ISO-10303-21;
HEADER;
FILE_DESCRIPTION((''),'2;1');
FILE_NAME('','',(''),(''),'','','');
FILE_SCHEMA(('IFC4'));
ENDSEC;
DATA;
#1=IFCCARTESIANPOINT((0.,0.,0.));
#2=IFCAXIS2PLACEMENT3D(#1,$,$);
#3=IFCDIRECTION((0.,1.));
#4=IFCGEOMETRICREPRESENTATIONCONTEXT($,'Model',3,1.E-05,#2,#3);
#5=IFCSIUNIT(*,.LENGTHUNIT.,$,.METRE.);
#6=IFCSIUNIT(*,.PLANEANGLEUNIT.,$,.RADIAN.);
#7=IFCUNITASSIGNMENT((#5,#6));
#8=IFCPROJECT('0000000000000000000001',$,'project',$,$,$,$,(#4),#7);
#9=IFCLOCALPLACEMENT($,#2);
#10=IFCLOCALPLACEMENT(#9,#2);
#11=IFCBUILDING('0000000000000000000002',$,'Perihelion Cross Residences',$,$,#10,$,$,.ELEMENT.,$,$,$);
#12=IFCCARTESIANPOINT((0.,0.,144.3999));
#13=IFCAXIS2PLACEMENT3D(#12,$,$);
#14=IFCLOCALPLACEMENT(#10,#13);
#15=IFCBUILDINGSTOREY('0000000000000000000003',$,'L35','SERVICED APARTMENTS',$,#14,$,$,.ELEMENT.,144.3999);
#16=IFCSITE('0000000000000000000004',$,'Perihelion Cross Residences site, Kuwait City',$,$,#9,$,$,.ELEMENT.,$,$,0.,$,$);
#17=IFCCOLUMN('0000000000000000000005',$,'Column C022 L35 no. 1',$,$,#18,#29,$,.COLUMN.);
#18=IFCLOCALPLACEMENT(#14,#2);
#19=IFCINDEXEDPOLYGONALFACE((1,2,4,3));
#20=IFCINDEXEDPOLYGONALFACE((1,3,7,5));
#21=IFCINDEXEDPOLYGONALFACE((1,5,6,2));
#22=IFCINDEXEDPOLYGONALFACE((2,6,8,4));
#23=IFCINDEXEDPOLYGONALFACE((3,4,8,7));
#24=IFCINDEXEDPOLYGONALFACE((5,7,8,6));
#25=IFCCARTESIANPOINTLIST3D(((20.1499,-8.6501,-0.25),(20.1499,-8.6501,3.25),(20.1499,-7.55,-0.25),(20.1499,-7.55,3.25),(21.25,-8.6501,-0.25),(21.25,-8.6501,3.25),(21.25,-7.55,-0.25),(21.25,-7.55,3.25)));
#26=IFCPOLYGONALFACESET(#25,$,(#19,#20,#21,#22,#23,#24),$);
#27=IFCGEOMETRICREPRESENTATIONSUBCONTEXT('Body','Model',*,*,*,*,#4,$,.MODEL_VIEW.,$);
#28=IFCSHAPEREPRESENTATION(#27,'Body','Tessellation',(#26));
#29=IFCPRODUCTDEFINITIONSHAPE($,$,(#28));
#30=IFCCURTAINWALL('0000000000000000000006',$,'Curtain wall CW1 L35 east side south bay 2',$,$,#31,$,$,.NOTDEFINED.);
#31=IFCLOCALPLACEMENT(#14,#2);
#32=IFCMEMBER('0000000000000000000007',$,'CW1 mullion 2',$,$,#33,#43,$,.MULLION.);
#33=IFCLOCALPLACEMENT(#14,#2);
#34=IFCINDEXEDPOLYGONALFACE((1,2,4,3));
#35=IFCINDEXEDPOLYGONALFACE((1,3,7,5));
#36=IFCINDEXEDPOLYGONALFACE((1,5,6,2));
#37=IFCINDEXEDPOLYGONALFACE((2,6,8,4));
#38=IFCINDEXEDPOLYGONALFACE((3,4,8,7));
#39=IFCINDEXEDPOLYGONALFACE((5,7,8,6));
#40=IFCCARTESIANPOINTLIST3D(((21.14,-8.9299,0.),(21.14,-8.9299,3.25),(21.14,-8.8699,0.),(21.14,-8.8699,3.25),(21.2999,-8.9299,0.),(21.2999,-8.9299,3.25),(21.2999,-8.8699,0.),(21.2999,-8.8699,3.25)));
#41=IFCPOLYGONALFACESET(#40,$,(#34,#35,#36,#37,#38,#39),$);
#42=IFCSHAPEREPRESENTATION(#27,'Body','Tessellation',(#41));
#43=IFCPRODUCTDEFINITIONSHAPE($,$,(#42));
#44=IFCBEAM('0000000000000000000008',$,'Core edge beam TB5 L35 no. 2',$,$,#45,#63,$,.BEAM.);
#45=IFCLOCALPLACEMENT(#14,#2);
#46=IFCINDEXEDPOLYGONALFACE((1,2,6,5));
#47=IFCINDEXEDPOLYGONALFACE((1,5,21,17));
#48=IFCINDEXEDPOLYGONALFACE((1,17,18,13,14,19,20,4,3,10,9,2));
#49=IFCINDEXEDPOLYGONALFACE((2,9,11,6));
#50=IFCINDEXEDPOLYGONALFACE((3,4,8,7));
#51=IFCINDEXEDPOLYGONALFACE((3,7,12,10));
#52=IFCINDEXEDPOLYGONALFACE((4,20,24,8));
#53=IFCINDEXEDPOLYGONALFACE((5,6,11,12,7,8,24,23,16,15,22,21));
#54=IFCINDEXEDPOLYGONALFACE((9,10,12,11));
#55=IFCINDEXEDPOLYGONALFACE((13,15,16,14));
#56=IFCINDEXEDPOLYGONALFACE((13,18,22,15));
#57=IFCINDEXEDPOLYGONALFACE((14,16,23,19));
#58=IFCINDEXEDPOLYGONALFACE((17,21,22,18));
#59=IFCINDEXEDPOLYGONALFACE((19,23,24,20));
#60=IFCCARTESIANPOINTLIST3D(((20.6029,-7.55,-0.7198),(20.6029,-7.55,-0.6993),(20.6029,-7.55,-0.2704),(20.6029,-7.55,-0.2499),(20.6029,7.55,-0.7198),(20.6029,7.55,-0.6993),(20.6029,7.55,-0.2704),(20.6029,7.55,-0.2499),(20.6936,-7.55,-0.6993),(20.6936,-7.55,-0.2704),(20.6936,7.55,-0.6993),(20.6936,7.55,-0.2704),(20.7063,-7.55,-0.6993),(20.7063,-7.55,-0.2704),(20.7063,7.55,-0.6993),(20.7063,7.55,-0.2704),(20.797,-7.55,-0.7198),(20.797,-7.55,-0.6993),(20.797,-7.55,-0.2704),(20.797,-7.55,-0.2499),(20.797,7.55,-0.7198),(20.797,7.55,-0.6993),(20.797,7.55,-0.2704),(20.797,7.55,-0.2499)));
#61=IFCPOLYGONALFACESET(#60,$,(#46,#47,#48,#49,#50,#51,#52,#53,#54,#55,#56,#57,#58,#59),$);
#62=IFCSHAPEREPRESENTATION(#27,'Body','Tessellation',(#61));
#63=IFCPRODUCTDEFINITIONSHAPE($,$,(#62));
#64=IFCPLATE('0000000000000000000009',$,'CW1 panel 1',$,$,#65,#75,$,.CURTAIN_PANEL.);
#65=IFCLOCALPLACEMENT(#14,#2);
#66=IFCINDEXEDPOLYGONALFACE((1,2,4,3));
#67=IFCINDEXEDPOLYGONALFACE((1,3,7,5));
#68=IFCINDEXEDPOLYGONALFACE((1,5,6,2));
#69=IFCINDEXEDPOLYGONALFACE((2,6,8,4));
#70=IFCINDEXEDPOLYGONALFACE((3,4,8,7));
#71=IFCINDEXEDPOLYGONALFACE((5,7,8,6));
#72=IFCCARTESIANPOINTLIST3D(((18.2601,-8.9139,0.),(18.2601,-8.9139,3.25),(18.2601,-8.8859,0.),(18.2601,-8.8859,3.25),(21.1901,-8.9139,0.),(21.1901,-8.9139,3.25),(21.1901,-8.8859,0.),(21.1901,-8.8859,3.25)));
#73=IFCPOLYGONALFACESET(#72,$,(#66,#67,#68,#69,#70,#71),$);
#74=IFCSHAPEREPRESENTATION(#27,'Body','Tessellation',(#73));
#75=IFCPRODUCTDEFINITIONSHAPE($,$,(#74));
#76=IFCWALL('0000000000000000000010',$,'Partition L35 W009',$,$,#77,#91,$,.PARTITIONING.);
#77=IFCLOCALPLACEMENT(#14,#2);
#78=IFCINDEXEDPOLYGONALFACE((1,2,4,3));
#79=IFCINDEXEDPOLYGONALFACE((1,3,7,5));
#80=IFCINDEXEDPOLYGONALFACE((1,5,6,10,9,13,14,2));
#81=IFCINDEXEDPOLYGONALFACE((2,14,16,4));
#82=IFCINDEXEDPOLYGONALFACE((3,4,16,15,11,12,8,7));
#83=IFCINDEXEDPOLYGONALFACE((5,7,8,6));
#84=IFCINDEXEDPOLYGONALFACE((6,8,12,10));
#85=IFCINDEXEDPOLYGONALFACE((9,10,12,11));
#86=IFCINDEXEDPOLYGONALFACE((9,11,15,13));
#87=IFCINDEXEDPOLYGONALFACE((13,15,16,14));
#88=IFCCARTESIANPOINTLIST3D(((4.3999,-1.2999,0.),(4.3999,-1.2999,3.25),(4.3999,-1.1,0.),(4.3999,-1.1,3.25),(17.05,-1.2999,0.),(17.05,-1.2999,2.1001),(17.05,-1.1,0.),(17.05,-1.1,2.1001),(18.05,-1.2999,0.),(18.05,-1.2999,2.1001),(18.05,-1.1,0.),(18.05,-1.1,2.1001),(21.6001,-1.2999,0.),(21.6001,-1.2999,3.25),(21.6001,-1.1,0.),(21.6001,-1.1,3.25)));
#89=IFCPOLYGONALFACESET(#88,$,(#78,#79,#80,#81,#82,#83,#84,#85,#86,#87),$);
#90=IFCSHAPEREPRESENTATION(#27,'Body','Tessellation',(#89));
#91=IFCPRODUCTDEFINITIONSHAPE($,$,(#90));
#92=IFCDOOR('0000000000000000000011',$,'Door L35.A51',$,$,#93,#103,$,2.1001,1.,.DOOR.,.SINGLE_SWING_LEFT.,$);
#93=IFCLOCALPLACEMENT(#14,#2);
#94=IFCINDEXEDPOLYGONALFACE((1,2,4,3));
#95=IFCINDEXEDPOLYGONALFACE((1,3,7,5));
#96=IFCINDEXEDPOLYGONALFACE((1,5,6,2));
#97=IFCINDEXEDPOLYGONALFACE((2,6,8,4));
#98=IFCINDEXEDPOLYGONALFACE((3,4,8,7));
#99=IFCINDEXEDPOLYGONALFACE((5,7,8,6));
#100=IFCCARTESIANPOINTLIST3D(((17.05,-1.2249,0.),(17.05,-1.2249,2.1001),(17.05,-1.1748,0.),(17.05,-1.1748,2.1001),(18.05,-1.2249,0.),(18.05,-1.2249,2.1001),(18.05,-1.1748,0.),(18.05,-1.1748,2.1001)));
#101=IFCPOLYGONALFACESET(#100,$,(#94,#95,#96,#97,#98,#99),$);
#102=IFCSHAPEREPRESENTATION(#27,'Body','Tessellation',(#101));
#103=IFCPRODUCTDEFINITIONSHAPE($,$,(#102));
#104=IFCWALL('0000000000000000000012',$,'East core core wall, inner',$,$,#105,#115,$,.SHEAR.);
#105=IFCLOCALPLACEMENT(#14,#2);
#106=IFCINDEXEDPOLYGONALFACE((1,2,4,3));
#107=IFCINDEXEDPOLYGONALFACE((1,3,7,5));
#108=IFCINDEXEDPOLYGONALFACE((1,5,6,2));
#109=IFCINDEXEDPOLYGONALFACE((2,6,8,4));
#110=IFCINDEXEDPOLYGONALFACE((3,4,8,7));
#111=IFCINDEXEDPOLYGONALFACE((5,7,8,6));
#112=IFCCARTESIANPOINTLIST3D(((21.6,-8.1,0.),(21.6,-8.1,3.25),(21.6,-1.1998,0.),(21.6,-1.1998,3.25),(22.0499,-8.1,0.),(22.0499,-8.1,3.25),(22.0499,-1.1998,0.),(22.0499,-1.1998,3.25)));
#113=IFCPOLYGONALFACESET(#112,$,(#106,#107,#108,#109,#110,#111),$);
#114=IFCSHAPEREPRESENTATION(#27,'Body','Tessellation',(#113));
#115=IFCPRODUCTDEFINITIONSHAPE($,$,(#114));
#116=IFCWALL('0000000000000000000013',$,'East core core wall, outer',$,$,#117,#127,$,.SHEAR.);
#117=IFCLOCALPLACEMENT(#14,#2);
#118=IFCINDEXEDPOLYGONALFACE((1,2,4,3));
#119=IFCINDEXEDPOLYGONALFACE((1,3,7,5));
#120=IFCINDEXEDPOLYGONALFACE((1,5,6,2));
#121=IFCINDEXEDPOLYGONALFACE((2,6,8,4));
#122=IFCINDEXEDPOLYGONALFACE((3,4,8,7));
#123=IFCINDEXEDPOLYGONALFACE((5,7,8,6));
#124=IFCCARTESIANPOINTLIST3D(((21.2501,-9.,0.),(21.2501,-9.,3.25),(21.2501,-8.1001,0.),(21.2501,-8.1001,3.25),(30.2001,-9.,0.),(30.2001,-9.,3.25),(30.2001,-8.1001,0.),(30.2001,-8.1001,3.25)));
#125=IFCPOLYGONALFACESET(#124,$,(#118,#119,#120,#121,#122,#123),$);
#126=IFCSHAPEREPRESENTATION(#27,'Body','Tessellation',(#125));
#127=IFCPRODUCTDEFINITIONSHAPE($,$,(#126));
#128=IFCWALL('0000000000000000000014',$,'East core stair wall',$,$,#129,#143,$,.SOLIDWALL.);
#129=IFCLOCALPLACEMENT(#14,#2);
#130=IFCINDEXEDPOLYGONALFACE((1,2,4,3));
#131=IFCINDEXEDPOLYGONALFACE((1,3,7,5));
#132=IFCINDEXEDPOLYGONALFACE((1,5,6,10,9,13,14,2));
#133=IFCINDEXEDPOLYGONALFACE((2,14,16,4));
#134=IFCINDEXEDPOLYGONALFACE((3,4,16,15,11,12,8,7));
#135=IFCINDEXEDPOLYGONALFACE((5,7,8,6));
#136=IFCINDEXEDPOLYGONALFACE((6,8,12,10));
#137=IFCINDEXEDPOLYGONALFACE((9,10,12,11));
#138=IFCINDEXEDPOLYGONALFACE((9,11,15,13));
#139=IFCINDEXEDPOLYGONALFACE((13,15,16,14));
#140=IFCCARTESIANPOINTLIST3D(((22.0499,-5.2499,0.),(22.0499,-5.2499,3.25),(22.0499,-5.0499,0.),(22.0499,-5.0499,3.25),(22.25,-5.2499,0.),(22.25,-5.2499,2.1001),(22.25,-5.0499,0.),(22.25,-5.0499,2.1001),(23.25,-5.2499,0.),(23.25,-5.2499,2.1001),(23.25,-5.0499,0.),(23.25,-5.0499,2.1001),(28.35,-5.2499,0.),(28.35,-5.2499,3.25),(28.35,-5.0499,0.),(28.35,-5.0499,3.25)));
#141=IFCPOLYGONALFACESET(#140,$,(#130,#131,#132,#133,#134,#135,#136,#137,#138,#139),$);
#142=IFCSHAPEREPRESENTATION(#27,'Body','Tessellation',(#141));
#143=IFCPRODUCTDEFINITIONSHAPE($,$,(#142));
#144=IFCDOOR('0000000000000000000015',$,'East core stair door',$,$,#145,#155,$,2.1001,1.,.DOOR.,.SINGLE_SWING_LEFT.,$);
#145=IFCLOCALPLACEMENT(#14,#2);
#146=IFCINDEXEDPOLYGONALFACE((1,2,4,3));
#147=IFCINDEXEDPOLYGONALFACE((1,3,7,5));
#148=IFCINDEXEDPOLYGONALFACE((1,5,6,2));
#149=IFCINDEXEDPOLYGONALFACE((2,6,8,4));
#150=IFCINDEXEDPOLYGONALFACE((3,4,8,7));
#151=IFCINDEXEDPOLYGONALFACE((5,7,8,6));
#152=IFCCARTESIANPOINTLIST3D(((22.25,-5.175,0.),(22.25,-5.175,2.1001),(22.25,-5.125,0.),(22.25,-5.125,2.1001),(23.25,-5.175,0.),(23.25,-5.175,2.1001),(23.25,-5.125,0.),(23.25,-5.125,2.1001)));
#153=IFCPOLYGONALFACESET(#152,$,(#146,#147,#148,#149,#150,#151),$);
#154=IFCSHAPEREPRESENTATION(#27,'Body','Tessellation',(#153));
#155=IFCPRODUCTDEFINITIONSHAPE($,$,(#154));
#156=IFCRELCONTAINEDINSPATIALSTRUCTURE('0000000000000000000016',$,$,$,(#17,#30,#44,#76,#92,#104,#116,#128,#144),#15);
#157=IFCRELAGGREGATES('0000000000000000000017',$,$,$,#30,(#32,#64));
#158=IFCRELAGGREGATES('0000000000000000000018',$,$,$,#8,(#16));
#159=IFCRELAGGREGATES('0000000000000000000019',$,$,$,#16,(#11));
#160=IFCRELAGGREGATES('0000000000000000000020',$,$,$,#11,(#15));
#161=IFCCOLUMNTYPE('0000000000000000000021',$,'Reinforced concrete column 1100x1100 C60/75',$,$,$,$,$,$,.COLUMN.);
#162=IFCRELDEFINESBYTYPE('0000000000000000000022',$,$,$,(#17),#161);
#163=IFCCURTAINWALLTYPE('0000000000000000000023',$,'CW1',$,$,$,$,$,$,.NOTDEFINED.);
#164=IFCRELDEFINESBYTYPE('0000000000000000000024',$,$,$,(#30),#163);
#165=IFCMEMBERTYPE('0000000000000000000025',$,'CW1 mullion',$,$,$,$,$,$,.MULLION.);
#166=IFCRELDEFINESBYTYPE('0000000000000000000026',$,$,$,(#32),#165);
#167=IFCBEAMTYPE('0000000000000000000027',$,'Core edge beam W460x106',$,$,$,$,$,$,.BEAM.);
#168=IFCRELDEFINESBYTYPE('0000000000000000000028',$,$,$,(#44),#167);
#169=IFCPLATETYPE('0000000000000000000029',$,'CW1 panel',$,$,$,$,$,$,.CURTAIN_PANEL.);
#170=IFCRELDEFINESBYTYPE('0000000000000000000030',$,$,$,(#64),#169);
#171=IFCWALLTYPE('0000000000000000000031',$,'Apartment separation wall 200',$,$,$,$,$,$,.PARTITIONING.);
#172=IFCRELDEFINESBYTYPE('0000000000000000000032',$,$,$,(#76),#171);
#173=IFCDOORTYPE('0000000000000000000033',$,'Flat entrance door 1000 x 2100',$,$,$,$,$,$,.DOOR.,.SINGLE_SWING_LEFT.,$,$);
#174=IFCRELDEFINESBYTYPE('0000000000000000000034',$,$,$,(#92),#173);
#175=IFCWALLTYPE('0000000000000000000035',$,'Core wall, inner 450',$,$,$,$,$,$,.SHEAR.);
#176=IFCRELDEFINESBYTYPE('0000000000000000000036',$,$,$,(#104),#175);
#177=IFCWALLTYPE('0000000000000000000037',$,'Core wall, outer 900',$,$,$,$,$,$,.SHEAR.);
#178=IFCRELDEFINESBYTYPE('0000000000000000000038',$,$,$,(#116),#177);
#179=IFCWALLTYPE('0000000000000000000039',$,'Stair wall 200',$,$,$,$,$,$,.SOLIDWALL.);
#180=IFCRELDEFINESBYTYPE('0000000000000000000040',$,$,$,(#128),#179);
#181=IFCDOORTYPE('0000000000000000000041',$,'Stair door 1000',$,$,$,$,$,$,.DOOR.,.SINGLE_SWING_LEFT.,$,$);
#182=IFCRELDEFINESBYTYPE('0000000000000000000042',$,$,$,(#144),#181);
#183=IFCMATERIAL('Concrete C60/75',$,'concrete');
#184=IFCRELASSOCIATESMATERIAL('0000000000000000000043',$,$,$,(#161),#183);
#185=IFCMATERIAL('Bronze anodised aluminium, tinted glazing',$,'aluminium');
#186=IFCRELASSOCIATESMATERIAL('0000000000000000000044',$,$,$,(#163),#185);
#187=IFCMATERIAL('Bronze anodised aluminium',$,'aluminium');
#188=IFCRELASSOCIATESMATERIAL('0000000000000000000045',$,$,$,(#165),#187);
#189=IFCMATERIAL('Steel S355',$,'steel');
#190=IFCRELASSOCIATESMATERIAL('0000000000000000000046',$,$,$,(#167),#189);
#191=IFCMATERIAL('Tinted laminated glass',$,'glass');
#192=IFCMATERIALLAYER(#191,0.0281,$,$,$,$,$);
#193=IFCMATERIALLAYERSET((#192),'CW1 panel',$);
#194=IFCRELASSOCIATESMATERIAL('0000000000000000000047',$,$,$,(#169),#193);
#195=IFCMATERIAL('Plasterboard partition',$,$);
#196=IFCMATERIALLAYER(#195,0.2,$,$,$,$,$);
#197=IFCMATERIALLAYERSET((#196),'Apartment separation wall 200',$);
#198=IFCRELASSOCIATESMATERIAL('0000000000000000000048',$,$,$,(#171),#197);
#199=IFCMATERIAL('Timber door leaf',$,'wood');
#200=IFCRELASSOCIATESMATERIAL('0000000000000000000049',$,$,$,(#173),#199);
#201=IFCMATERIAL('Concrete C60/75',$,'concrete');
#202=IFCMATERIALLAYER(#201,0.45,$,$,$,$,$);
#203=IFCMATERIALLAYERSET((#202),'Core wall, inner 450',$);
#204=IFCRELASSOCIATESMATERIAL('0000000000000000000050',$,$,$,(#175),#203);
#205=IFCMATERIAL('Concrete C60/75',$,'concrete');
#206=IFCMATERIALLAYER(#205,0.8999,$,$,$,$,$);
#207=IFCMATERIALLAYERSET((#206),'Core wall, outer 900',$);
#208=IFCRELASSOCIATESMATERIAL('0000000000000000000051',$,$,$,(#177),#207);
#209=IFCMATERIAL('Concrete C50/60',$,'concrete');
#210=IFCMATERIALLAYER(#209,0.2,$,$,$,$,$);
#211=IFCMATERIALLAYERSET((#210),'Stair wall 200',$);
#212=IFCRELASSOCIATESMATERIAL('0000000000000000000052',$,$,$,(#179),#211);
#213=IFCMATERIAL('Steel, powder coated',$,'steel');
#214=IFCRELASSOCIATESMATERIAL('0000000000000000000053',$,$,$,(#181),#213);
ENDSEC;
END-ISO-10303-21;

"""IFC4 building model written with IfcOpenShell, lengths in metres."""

from ifc_helpers import new_model, si_unit, direction, frame, frame_2d, origin, origin_2d, place, context, subcontext, project, spatial, rectangle, i_section, extrude, material, layer, layer_set, material_profile, profile_set, type_object, element, fill, aggregate, save


model = new_model("IFC4")

# Units and contexts
model_context = context("Model", 3, precision=1e-05, world=origin(), true_north=direction((0.0, 1.0)))
body_context = subcontext(model_context, "Body", "Model", "MODEL_VIEW")
ifc_project = project(units=[si_unit("LENGTHUNIT", "METRE"), si_unit("PLANEANGLEUNIT", "RADIAN")], contexts=[model_context])

# Site, building, storey
site_placement = place(None, origin())
site = spatial("IfcSite", under=ifc_project, at=site_placement, Name="Perihelion Cross Residences site, Kuwait City", CompositionType="ELEMENT", RefElevation=0.0)
building_placement = place(site_placement, origin())
building = spatial("IfcBuilding", under=site, at=building_placement, Name="Perihelion Cross Residences", CompositionType="ELEMENT")
storey_placement = place(building_placement, frame((0.0, 0.0, 144.3999)))
storey = spatial("IfcBuildingStorey", under=building, at=storey_placement, Name="L35", Description="SERVICED APARTMENTS", CompositionType="ELEMENT", Elevation=144.3999)

# Column
ifc_material_1 = material(Name="Concrete C60/75", Category="concrete")
ifc_material_profile_1 = material_profile(ifc_material_1, rectangle(XDim=1.1001, YDim=1.1001, at=origin_2d()), Name="RC 1100x1100")
ifc_profile_set_1 = profile_set([ifc_material_profile_1], Name="Concrete C60/75")
column_type = type_object("IfcColumnType", Name="Reinforced concrete column 1100x1100 C60/75", PredefinedType="COLUMN", material=ifc_profile_set_1)
column_placement = place(storey_placement, frame((20.7, -8.1001, -0.25), z_axis=(0.0, 0.0, 1.0), x_axis=(1.0, 0.0, 0.0)))
element("IfcColumn", 1, at=column_placement, inside=storey, type_object=column_type, Name="Column C022 L35 no. 1", PredefinedType="COLUMN", context=body_context, shape_type="SweptSolid", body=[
    extrude(rectangle(XDim=1.1001, YDim=1.1001, at=origin_2d()), origin(), (0.0, 0.0, 1.0), 3.5),
])

# Curtain wall, member
ifc_material_2 = material(Name="Bronze anodised aluminium, tinted glazing", Category="aluminium")
curtain_wall_type = type_object("IfcCurtainWallType", Name="CW1", PredefinedType="NOTDEFINED", material=ifc_material_2)
curtain_wall_placement = place(storey_placement, origin())
curtain_wall = element("IfcCurtainWall", 2, at=curtain_wall_placement, inside=storey, type_object=curtain_wall_type, Name="Curtain wall CW1 L35 east side south bay 2", PredefinedType="NOTDEFINED")
ifc_material_3 = material(Name="Bronze anodised aluminium", Category="aluminium")
ifc_material_profile_2 = material_profile(ifc_material_3, rectangle(XDim=0.0601, YDim=0.1599, at=origin_2d()), Name="CW1 mullion")
ifc_profile_set_2 = profile_set([ifc_material_profile_2], Name="Bronze anodised aluminium")
member_type = type_object("IfcMemberType", Name="CW1 mullion", PredefinedType="MULLION", material=ifc_profile_set_2)
member_placement = place(storey_placement, frame((21.22, -8.8999, 0.0), z_axis=(0.0, 0.0, 1.0), x_axis=(0.0, 1.0, 0.0)))
member = element("IfcMember", 3, at=member_placement, type_object=member_type, Name="CW1 mullion 2", PredefinedType="MULLION", context=body_context, shape_type="SweptSolid", body=[
    extrude(rectangle(XDim=0.0601, YDim=0.1599, at=origin_2d()), origin(), (0.0, 0.0, 1.0), 3.25),
])

# Beam
ifc_material_4 = material(Name="Steel S355", Category="steel")
ifc_material_profile_3 = material_profile(ifc_material_4, i_section(OverallWidth=0.1941, OverallDepth=0.47, WebThickness=0.0127, FlangeThickness=0.0205, at=origin_2d()), Name="W460x106")
ifc_profile_set_3 = profile_set([ifc_material_profile_3], Name="Steel S355")
beam_type = type_object("IfcBeamType", Name="Core edge beam W460x106", PredefinedType="BEAM", material=ifc_profile_set_3)
beam_placement = place(storey_placement, frame((20.7, -7.55, -0.4849), z_axis=(0.0, 1.0, 0.0), x_axis=(-1.0, 0.0, 0.0)))
element("IfcBeam", 4, at=beam_placement, inside=storey, type_object=beam_type, Name="Core edge beam TB5 L35 no. 2", PredefinedType="BEAM", context=body_context, shape_type="SweptSolid", body=[
    extrude(i_section(OverallWidth=0.1941, OverallDepth=0.47, WebThickness=0.0127, FlangeThickness=0.0205, at=origin_2d()), origin(), (0.0, 0.0, 1.0), 15.1001),
])

# Plate
ifc_material_5 = material(Name="Tinted laminated glass", Category="glass")
ifc_layer_1 = layer(ifc_material_5, 0.0281)
ifc_layer_set_1 = layer_set([ifc_layer_1], Name="CW1 panel")
plate_type = type_object("IfcPlateType", Name="CW1 panel", PredefinedType="CURTAIN_PANEL", material=ifc_layer_set_1)
plate_placement = place(storey_placement, frame((19.7251, -8.8999, 0.0), z_axis=(0.0, 0.0, 1.0), x_axis=(1.0, 0.0, 0.0)))
plate = element("IfcPlate", 5, at=plate_placement, type_object=plate_type, Name="CW1 panel 1", PredefinedType="CURTAIN_PANEL", context=body_context, shape_type="SweptSolid", body=[
    extrude(rectangle(XDim=2.9299, YDim=0.0281, at=origin_2d()), origin(), (0.0, 0.0, 1.0), 3.25),
])
aggregate(curtain_wall, [member, plate])

# Wall, opening, door
ifc_material_6 = material(Name="Plasterboard partition")
ifc_layer_2 = layer(ifc_material_6, 0.2)
ifc_layer_set_2 = layer_set([ifc_layer_2], Name="Apartment separation wall 200")
wall_type_1 = type_object("IfcWallType", Name="Apartment separation wall 200", PredefinedType="PARTITIONING", material=ifc_layer_set_2)
wall_1_placement = place(storey_placement, frame((21.6001, -1.2, 0.0), z_axis=(0.0, 0.0, 1.0), x_axis=(-1.0, 0.0, 0.0)))
wall_1 = element("IfcWall", 6, at=wall_1_placement, inside=storey, type_object=wall_type_1, Name="Partition L35 W009", PredefinedType="PARTITIONING", context=body_context, shape_type="SweptSolid", body=[
    extrude(rectangle(XDim=17.2002, YDim=0.2, at=frame_2d((8.6001, 0.0))), origin(), (0.0, 0.0, 1.0), 3.25),
])
opening_1_placement = place(wall_1_placement, frame((3.55, 0.0, 0.0)))
opening_1 = element("IfcOpeningElement", 7, at=opening_1_placement, cuts=wall_1, PredefinedType="OPENING", context=body_context, shape_type="SweptSolid", body=[
    extrude(rectangle(XDim=1.0, YDim=2.1001, at=frame_2d((0.5, 1.05))), frame((0.0, 0.1099, 0.0), z_axis=(0.0, -1.0, 0.0), x_axis=(1.0, 0.0, 0.0)), (0.0, 0.0, 1.0), 0.22),
])
ifc_material_7 = material(Name="Timber door leaf", Category="wood")
door_type_1 = type_object("IfcDoorType", Name="Flat entrance door 1000 x 2100", OperationType="SINGLE_SWING_LEFT", PredefinedType="DOOR", material=ifc_material_7)
door_1_placement = place(opening_1_placement, origin())
door_1 = element("IfcDoor", 8, at=door_1_placement, inside=storey, type_object=door_type_1, Name="Door L35.A51", OperationType="SINGLE_SWING_LEFT", OverallHeight=2.1001, OverallWidth=1.0, PredefinedType="DOOR", context=body_context, shape_type="SweptSolid", body=[
    extrude(rectangle(XDim=1.0, YDim=2.1001, at=frame_2d((0.5, 1.05))), frame((0.0, 0.0249, 0.0), z_axis=(0.0, -1.0, 0.0), x_axis=(1.0, 0.0, 0.0)), (0.0, 0.0, 1.0), 0.05),
])
fill(opening_1, door_1)

# Walls
ifc_material_8 = material(Name="Concrete C60/75", Category="concrete")
ifc_layer_3 = layer(ifc_material_8, 0.45)
ifc_layer_set_3 = layer_set([ifc_layer_3], Name="Core wall, inner 450")
wall_type_2 = type_object("IfcWallType", Name="Core wall, inner 450", PredefinedType="SHEAR", material=ifc_layer_set_3)
wall_2_placement = place(storey_placement, frame((21.825, -8.1001, 0.0), z_axis=(0.0, 0.0, 1.0), x_axis=(0.0, 1.0, 0.0)))
element("IfcWall", 9, at=wall_2_placement, inside=storey, type_object=wall_type_2, Name="East core core wall, inner", PredefinedType="SHEAR", context=body_context, shape_type="SweptSolid", body=[
    extrude(rectangle(XDim=6.9001, YDim=0.45, at=frame_2d((3.4502, 0.0))), origin(), (0.0, 0.0, 1.0), 3.25),
])
ifc_material_9 = material(Name="Concrete C60/75", Category="concrete")
ifc_layer_4 = layer(ifc_material_9, 0.8999)
ifc_layer_set_4 = layer_set([ifc_layer_4], Name="Core wall, outer 900")
wall_type_3 = type_object("IfcWallType", Name="Core wall, outer 900", PredefinedType="SHEAR", material=ifc_layer_set_4)
wall_3_placement = place(storey_placement, frame((21.25, -8.55, 0.0), z_axis=(0.0, 0.0, 1.0), x_axis=(1.0, 0.0, 0.0)))
element("IfcWall", 10, at=wall_3_placement, inside=storey, type_object=wall_type_3, Name="East core core wall, outer", PredefinedType="SHEAR", context=body_context, shape_type="SweptSolid", body=[
    extrude(rectangle(XDim=8.95, YDim=0.8999, at=frame_2d((4.4751, 0.0))), origin(), (0.0, 0.0, 1.0), 3.25),
])

# Wall, opening, door
ifc_material_10 = material(Name="Concrete C50/60", Category="concrete")
ifc_layer_5 = layer(ifc_material_10, 0.2)
ifc_layer_set_5 = layer_set([ifc_layer_5], Name="Stair wall 200")
wall_type_4 = type_object("IfcWallType", Name="Stair wall 200", PredefinedType="SOLIDWALL", material=ifc_layer_set_5)
wall_4_placement = place(storey_placement, frame((22.05, -5.1499, 0.0), z_axis=(0.0, 0.0, 1.0), x_axis=(1.0, 0.0, 0.0)))
wall_4 = element("IfcWall", 11, at=wall_4_placement, inside=storey, type_object=wall_type_4, Name="East core stair wall", PredefinedType="SOLIDWALL", context=body_context, shape_type="SweptSolid", body=[
    extrude(rectangle(XDim=6.3, YDim=0.2, at=frame_2d((3.1499, 0.0))), origin(), (0.0, 0.0, 1.0), 3.25),
])
opening_2_placement = place(wall_4_placement, frame((0.2, 0.0, 0.0)))
opening_2 = element("IfcOpeningElement", 12, at=opening_2_placement, cuts=wall_4, PredefinedType="OPENING", context=body_context, shape_type="SweptSolid", body=[
    extrude(rectangle(XDim=1.0, YDim=2.1001, at=frame_2d((0.5, 1.05))), frame((0.0, 0.1099, 0.0), z_axis=(0.0, -1.0, 0.0), x_axis=(1.0, 0.0, 0.0)), (0.0, 0.0, 1.0), 0.22),
])
ifc_material_11 = material(Name="Steel, powder coated", Category="steel")
door_type_2 = type_object("IfcDoorType", Name="Stair door 1000", OperationType="SINGLE_SWING_LEFT", PredefinedType="DOOR", material=ifc_material_11)
door_2_placement = place(opening_2_placement, origin())
door_2 = element("IfcDoor", 13, at=door_2_placement, inside=storey, type_object=door_type_2, Name="East core stair door", OperationType="SINGLE_SWING_LEFT", OverallHeight=2.1001, OverallWidth=1.0, PredefinedType="DOOR", context=body_context, shape_type="SweptSolid", body=[
    extrude(rectangle(XDim=1.0, YDim=2.1001, at=frame_2d((0.5, 1.05))), frame((0.0, 0.0249, 0.0), z_axis=(0.0, -1.0, 0.0), x_axis=(1.0, 0.0, 0.0)), (0.0, 0.0, 1.0), 0.05),
])
fill(opening_2, door_2)

save(model, "model.ifc")
